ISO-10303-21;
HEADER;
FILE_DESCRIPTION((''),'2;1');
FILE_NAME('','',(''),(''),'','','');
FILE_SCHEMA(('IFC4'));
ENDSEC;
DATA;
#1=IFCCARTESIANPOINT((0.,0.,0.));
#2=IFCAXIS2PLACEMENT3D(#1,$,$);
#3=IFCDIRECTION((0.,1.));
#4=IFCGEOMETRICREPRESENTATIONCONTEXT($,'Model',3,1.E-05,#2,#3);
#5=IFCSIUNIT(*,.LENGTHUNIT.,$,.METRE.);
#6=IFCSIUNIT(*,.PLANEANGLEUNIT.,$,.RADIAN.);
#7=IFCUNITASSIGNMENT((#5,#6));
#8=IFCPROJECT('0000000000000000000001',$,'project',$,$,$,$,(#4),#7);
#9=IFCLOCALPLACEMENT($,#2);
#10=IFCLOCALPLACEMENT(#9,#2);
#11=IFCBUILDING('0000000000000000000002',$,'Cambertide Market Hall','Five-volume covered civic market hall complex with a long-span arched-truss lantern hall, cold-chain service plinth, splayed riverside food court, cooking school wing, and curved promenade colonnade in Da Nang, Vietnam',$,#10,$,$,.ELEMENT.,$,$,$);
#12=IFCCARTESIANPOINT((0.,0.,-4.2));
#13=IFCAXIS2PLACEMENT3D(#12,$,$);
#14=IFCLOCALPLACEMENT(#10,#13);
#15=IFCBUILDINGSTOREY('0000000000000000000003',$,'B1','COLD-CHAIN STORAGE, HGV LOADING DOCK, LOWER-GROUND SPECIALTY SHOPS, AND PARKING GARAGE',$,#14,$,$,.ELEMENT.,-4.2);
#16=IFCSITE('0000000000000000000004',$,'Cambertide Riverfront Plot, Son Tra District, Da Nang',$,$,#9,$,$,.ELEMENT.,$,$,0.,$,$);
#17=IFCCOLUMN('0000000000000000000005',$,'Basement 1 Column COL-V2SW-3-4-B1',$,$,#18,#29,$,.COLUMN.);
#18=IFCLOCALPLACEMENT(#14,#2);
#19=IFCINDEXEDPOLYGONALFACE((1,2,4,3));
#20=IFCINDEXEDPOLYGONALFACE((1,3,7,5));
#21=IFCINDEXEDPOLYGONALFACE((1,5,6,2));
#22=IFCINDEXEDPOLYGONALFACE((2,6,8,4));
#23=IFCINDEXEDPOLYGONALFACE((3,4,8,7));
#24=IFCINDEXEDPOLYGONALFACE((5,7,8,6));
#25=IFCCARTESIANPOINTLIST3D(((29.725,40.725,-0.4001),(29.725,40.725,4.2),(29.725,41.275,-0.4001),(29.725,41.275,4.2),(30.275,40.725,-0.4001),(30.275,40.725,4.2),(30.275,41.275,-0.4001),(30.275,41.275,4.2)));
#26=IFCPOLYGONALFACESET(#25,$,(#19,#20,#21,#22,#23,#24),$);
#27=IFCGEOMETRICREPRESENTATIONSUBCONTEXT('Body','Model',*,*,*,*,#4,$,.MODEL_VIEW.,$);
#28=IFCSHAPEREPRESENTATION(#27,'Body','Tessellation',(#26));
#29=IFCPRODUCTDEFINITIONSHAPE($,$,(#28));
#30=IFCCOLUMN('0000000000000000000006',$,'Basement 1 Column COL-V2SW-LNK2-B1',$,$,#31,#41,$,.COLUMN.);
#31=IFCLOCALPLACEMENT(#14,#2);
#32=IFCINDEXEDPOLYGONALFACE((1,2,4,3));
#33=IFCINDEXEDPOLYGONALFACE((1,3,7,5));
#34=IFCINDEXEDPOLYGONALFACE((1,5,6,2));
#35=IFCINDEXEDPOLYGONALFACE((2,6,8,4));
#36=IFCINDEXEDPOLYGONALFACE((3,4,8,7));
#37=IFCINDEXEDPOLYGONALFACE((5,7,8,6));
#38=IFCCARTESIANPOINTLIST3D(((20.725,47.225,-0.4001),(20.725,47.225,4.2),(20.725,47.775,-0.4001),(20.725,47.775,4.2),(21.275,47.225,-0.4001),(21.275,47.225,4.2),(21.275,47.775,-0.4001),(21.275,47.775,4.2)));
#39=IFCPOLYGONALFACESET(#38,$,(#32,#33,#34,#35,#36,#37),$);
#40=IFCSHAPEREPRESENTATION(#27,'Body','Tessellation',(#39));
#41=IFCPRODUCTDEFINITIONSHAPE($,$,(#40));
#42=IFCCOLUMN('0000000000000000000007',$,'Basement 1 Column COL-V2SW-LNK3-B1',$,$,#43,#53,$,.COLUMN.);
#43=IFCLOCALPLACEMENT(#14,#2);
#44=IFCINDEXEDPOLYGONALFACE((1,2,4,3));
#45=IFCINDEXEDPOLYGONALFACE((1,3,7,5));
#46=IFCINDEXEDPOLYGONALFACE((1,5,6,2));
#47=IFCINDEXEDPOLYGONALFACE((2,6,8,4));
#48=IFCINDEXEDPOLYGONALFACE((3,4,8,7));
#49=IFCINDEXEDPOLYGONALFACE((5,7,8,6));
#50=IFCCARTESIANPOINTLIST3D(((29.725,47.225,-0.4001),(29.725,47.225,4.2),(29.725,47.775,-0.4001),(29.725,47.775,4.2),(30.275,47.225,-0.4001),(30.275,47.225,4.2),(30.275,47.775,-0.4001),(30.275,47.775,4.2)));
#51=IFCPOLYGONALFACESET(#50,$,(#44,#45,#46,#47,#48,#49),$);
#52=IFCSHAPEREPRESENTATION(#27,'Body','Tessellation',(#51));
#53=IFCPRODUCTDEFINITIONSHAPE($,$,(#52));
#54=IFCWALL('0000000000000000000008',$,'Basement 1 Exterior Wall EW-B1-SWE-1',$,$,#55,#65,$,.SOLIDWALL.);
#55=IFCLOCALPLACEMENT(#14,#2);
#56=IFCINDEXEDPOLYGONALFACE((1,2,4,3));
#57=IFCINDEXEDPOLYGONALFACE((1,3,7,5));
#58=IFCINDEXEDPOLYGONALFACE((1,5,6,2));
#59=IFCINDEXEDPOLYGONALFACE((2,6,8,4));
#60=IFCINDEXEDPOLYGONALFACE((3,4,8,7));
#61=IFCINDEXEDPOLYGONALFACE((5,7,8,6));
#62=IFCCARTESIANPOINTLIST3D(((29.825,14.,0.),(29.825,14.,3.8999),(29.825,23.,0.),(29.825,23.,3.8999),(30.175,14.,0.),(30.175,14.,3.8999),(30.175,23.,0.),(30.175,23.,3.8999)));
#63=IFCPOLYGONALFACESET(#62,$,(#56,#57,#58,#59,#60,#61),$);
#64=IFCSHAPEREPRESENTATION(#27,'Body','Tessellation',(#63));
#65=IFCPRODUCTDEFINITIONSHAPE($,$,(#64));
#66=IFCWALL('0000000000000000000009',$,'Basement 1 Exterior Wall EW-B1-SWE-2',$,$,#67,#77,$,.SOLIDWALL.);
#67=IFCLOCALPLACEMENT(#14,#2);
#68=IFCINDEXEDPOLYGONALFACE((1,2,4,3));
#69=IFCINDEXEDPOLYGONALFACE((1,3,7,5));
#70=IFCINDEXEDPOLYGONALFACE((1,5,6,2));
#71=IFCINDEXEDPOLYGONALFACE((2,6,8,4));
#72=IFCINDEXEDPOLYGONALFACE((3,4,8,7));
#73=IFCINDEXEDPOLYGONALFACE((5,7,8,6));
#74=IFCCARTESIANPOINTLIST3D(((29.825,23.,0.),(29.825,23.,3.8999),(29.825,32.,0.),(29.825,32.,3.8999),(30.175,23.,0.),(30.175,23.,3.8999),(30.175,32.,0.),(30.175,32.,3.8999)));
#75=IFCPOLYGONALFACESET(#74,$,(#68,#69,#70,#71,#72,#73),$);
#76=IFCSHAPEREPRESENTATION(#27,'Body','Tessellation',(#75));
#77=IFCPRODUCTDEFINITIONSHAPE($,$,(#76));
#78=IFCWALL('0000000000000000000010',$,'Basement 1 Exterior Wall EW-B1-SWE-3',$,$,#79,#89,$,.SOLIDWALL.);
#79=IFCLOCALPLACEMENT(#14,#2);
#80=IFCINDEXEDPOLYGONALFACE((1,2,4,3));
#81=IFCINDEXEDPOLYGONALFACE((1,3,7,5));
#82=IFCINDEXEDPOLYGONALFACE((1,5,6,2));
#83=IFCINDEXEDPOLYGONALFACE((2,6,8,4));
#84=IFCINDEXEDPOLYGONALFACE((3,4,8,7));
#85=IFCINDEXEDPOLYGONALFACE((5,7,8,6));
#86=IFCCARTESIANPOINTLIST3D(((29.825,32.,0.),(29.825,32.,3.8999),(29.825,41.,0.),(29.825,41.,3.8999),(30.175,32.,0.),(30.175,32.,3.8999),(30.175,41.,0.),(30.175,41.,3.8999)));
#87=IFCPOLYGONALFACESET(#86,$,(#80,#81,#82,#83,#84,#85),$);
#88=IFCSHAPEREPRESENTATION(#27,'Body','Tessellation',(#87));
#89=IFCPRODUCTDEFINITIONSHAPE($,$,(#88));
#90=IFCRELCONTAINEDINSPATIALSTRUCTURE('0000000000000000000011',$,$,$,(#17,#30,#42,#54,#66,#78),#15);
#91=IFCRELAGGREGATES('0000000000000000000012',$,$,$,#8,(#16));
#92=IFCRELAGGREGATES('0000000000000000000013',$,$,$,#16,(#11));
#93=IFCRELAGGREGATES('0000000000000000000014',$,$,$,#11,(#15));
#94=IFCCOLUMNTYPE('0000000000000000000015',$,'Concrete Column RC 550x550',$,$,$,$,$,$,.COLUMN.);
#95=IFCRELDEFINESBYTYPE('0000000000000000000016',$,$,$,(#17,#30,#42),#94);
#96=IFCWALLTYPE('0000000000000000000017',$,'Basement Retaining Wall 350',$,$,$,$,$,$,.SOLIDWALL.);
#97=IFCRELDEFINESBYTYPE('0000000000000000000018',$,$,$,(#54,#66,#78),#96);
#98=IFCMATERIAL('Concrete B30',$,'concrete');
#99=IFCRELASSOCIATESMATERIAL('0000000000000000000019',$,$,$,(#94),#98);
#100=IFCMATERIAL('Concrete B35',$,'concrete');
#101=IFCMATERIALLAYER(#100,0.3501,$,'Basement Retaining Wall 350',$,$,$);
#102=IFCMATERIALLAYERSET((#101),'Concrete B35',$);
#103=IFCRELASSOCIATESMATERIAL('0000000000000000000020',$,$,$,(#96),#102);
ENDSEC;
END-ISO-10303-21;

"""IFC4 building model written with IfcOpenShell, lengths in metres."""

from ifc_helpers import new_model, si_unit, direction, frame, frame_2d, origin, origin_2d, place, context, subcontext, project, spatial, rectangle, extrude, material, layer, layer_set, material_profile, profile_set, type_object, element, save


model = new_model("IFC4")

# Units and contexts
model_context = context("Model", 3, precision=1e-05, world=origin(), true_north=direction((0.0, 1.0)))
body_context = subcontext(model_context, "Body", "Model", "MODEL_VIEW")
ifc_project = project(units=[si_unit("LENGTHUNIT", "METRE"), si_unit("PLANEANGLEUNIT", "RADIAN")], contexts=[model_context])

# Site, building, storey
site_placement = place(None, origin())
site = spatial("IfcSite", under=ifc_project, at=site_placement, Name="Cambertide Riverfront Plot, Son Tra District, Da Nang", CompositionType="ELEMENT", RefElevation=0.0)
building_placement = place(site_placement, origin())
building = spatial("IfcBuilding", under=site, at=building_placement, Name="Cambertide Market Hall", Description="Five-volume covered civic market hall complex with a long-span arched-truss lantern hall, cold-chain service plinth, splayed riverside food court, cooking school wing, and curved promenade colonnade in Da Nang, Vietnam", CompositionType="ELEMENT")
storey_placement = place(building_placement, frame((0.0, 0.0, -4.2)))
storey = spatial("IfcBuildingStorey", under=building, at=storey_placement, Name="B1", Description="COLD-CHAIN STORAGE, HGV LOADING DOCK, LOWER-GROUND SPECIALTY SHOPS, AND PARKING GARAGE", CompositionType="ELEMENT", Elevation=-4.2)

# Columns
ifc_material_1 = material(Name="Concrete B30", Category="concrete")
ifc_material_profile_1 = material_profile(ifc_material_1, rectangle(XDim=0.55, YDim=0.55, at=origin_2d()), Name="RC 550x550")
ifc_profile_set_1 = profile_set([ifc_material_profile_1], Name="Concrete B30")
column_type_1 = type_object("IfcColumnType", Name="Concrete Column RC 550x550", PredefinedType="COLUMN", material=ifc_profile_set_1)
for number, where, z_axis, x_axis, name in (
    (1, (30.0, 41.0, -0.4001), (0.0, 0.0, 1.0), (1.0, 0.0, 0.0), "Basement 1 Column COL-V2SW-3-4-B1"),
    (2, (21.0, 47.5, -0.4001), (0.0, 0.0, 1.0), (1.0, 0.0, 0.0), "Basement 1 Column COL-V2SW-LNK2-B1"),
    (3, (30.0, 47.5, -0.4001), (0.0, 0.0, 1.0), (1.0, 0.0, 0.0), "Basement 1 Column COL-V2SW-LNK3-B1"),
):
    element("IfcColumn", number, at=place(storey_placement, frame(where, z_axis=z_axis, x_axis=x_axis)), inside=storey, type_object=column_type_1, Name=name, PredefinedType="COLUMN", context=body_context, shape_type="SweptSolid", body=[
        extrude(rectangle(XDim=0.55, YDim=0.55, at=origin_2d()), origin(), (0.0, 0.0, 1.0), 4.6001),
    ])

# Walls
ifc_material_2 = material(Name="Concrete B35", Category="concrete")
ifc_layer = layer(ifc_material_2, 0.3501, Name="Basement Retaining Wall 350")
ifc_layer_set = layer_set([ifc_layer], Name="Concrete B35")
wall_type = type_object("IfcWallType", Name="Basement Retaining Wall 350", PredefinedType="SOLIDWALL", material=ifc_layer_set)
for number, where, z_axis, x_axis, name in (
    (4, (30.0, 23.0, 0.0), (0.0, 0.0, 1.0), (0.0, -1.0, 0.0), "Basement 1 Exterior Wall EW-B1-SWE-1"),
    (5, (30.0, 32.0, 0.0), (0.0, 0.0, 1.0), (0.0, -1.0, 0.0), "Basement 1 Exterior Wall EW-B1-SWE-2"),
    (6, (30.0, 41.0, 0.0), (0.0, 0.0, 1.0), (0.0, -1.0, 0.0), "Basement 1 Exterior Wall EW-B1-SWE-3"),
):
    element("IfcWall", number, at=place(storey_placement, frame(where, z_axis=z_axis, x_axis=x_axis)), inside=storey, type_object=wall_type, Name=name, PredefinedType="SOLIDWALL", context=body_context, shape_type="SweptSolid", body=[
        extrude(rectangle(XDim=9.0, YDim=0.3501, at=frame_2d((4.5, 0.0))), origin(), (0.0, 0.0, 1.0), 3.8999),
    ])

save(model, "model.ifc")
